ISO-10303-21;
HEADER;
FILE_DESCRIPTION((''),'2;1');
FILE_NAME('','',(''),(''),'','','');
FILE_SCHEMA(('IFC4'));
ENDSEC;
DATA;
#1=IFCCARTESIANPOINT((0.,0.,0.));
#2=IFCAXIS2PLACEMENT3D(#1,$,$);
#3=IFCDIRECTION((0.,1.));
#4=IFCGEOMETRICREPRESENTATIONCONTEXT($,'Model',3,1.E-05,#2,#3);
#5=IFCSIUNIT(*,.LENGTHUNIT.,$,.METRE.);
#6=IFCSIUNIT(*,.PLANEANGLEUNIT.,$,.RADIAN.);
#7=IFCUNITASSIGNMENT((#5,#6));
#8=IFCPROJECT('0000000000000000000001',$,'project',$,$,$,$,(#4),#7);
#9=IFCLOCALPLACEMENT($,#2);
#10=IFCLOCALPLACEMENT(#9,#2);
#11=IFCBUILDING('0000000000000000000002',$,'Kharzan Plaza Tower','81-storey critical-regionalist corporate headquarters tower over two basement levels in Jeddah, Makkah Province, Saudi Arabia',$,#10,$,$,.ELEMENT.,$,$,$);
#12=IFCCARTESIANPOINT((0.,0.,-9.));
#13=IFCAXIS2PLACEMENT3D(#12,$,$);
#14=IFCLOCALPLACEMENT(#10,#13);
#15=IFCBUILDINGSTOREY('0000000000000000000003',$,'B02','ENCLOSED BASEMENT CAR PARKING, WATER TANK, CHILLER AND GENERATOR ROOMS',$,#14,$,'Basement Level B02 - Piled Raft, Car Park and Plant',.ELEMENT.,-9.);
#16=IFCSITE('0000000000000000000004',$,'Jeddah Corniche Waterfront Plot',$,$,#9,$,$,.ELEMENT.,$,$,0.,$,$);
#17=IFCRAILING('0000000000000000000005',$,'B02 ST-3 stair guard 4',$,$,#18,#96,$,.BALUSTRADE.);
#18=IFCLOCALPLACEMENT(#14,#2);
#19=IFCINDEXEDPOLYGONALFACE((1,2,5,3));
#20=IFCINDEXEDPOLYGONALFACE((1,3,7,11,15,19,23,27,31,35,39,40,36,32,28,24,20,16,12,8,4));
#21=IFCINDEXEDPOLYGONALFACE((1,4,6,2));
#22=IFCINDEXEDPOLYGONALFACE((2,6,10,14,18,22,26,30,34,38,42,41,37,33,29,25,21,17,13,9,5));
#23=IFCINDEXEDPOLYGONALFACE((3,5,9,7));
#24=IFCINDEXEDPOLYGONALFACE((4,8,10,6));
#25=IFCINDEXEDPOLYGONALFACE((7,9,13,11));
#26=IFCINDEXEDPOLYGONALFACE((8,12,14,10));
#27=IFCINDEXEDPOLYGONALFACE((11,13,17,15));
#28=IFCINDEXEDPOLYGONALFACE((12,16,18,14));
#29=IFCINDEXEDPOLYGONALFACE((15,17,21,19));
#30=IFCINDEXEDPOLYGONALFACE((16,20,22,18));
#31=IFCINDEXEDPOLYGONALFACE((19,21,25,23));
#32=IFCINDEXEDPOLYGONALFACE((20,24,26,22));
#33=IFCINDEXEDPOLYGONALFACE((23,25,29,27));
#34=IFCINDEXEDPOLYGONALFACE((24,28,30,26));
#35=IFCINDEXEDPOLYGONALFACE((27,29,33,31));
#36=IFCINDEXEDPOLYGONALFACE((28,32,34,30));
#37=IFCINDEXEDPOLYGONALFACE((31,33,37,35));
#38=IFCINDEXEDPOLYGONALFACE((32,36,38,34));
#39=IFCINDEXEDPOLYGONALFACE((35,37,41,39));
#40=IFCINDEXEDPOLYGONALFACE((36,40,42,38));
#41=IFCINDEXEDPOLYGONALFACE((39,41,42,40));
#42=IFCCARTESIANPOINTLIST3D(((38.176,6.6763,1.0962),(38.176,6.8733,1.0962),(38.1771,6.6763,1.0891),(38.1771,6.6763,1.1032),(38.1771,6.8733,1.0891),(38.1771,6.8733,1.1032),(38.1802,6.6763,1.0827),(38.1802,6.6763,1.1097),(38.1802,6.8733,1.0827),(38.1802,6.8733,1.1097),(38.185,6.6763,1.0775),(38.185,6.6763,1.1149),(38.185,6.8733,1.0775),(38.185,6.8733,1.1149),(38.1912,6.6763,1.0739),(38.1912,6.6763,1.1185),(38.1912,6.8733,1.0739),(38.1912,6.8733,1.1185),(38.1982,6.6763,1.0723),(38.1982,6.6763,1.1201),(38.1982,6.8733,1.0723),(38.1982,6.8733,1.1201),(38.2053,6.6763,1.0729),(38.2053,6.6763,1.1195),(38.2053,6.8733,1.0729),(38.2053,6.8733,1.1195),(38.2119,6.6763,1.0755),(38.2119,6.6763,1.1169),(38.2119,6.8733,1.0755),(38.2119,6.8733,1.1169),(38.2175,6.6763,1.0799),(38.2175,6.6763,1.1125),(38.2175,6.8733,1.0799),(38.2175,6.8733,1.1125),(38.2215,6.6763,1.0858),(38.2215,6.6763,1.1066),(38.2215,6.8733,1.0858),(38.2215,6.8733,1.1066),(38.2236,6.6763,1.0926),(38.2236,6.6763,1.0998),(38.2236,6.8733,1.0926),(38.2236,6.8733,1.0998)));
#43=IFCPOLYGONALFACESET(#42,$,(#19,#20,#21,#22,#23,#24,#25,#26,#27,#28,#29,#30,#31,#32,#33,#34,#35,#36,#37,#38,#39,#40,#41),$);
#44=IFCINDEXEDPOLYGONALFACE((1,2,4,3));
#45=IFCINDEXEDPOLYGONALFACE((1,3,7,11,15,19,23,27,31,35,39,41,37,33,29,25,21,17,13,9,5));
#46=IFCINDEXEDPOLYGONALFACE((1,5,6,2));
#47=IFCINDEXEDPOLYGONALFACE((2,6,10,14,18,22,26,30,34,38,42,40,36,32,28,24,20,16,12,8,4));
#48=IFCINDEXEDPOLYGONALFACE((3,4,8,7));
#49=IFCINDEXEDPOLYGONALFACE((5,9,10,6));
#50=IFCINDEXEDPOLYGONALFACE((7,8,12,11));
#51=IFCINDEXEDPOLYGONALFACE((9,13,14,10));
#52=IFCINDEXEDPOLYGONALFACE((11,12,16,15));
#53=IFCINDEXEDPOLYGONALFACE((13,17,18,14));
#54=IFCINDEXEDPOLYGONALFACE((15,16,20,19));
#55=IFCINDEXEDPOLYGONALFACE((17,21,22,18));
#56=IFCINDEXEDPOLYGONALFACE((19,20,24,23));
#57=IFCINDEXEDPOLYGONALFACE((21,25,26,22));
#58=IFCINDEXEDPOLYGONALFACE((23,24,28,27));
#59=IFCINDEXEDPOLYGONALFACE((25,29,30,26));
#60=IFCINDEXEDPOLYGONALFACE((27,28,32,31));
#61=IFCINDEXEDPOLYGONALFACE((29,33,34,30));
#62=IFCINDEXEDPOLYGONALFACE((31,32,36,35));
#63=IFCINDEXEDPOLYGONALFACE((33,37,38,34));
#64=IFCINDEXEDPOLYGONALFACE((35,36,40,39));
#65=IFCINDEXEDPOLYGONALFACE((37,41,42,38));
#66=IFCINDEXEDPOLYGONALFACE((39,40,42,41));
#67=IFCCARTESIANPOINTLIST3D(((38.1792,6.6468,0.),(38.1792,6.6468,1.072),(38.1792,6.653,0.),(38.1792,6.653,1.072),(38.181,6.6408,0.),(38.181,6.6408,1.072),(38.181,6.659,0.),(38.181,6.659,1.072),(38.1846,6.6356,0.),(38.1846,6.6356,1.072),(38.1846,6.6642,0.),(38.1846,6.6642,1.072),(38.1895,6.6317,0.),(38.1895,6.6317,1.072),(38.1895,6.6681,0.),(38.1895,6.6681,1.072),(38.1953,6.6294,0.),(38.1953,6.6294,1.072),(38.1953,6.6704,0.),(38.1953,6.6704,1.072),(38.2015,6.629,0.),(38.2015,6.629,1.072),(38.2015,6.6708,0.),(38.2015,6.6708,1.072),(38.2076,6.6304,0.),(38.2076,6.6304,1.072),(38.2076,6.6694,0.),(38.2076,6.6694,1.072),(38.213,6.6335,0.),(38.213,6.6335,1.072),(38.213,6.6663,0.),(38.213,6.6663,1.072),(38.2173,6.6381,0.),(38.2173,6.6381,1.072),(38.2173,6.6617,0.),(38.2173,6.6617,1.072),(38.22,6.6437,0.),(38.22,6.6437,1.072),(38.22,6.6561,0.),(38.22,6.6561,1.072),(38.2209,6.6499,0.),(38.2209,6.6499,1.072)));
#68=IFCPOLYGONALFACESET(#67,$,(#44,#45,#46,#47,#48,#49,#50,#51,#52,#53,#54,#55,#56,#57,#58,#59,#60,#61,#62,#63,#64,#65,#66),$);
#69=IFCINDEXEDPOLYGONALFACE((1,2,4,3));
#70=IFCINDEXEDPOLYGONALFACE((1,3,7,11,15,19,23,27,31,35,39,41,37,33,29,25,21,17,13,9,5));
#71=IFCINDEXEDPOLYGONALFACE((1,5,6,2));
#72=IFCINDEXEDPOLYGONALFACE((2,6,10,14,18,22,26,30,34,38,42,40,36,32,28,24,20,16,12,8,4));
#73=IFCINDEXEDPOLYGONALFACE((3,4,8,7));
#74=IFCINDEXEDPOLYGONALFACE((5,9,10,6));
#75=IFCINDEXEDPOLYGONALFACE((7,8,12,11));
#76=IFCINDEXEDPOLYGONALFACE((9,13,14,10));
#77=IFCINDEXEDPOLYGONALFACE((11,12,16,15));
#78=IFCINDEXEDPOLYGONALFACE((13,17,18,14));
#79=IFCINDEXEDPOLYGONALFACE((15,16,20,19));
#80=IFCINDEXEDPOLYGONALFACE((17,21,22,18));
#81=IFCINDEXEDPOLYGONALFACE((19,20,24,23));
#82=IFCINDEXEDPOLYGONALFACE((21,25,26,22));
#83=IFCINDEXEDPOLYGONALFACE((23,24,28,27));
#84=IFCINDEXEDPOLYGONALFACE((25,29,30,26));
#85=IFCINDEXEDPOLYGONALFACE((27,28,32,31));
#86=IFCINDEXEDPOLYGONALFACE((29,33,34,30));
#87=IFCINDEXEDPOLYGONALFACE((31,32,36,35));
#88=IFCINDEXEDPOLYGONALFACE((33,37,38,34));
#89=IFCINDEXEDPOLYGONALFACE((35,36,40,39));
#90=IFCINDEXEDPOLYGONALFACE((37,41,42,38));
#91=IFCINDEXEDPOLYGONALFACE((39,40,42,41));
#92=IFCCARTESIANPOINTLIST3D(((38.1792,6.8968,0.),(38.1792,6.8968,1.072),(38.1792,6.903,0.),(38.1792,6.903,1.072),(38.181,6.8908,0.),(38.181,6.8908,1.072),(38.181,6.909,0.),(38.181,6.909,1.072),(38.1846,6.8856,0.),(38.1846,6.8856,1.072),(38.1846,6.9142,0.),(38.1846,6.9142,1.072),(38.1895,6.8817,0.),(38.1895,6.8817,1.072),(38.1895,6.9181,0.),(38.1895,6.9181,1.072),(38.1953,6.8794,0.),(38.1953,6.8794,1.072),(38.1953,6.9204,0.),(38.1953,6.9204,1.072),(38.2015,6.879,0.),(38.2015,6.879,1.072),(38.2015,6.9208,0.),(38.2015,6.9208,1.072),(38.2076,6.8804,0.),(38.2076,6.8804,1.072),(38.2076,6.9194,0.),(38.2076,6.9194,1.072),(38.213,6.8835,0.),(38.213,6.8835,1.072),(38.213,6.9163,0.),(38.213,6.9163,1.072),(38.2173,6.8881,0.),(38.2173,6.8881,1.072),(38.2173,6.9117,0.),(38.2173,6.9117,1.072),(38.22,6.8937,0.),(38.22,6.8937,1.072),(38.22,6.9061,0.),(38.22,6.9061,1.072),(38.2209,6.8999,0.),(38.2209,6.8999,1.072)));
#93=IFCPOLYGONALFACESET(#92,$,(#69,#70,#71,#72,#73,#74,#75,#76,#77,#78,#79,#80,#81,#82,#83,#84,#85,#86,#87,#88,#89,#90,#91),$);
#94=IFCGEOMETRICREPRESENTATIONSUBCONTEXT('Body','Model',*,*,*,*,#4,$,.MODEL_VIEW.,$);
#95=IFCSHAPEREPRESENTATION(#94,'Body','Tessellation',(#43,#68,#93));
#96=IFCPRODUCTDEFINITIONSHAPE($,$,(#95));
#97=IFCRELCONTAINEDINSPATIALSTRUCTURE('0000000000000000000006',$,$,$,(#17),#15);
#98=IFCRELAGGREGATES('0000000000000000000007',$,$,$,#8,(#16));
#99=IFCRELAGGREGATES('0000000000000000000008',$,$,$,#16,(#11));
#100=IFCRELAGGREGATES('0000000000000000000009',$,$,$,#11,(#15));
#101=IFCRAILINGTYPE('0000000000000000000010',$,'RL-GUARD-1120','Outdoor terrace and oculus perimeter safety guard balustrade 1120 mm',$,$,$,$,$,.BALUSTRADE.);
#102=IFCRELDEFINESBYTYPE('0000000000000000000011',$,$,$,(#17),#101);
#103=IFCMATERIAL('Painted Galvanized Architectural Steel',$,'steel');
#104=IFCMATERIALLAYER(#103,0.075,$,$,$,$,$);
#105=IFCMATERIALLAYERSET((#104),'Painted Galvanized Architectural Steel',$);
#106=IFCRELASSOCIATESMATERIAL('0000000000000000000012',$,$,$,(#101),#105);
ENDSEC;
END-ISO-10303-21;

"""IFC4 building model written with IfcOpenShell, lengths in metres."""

from ifc_helpers import new_model, si_unit, direction, frame, origin, origin_2d, place, context, subcontext, project, spatial, circle, extrude, source, transform, mapped, material, layer, layer_set, type_object, element, save


model = new_model("IFC4")

# Units and contexts
model_context = context("Model", 3, precision=1e-05, world=origin(), true_north=direction((0.0, 1.0)))
body_context = subcontext(model_context, "Body", "Model", "MODEL_VIEW")
ifc_project = project(units=[si_unit("LENGTHUNIT", "METRE"), si_unit("PLANEANGLEUNIT", "RADIAN")], contexts=[model_context])

# Site, building, storey
site_placement = place(None, origin())
site = spatial("IfcSite", under=ifc_project, at=site_placement, Name="Jeddah Corniche Waterfront Plot", CompositionType="ELEMENT", RefElevation=0.0)
building_placement = place(site_placement, origin())
building = spatial("IfcBuilding", under=site, at=building_placement, Name="Kharzan Plaza Tower", Description="81-storey critical-regionalist corporate headquarters tower over two basement levels in Jeddah, Makkah Province, Saudi Arabia", CompositionType="ELEMENT")
storey_placement = place(building_placement, frame((0.0, 0.0, -9.0)))
storey = spatial("IfcBuildingStorey", under=building, at=storey_placement, Name="B02", Description="ENCLOSED BASEMENT CAR PARKING, WATER TANK, CHILLER AND GENERATOR ROOMS", LongName="Basement Level B02 - Piled Raft, Car Park and Plant", CompositionType="ELEMENT", Elevation=-9.0)

# Railing
ifc_material_1 = material(Name="Painted Galvanized Architectural Steel", Category="steel")
ifc_layer_1 = layer(ifc_material_1, 0.075)
ifc_layer_set_1 = layer_set([ifc_layer_1], Name="Painted Galvanized Architectural Steel")
railing_type_1 = type_object("IfcRailingType", Name="RL-GUARD-1120", Description="Outdoor terrace and oculus perimeter safety guard balustrade 1120 mm", PredefinedType="BALUSTRADE", material=ifc_layer_set_1)
shared_shape_1 = source(origin(), body_context, "Body", "SweptSolid", [
    extrude(circle(Radius=0.0239, at=origin_2d()), frame((0.0, 0.0264, 1.0962), z_axis=(0.0, 1.0, 0.0), x_axis=(-1.0, 0.0, 0.0)), (0.0, 0.0, 1.0), 0.197),
    extrude(circle(Radius=0.021, at=origin_2d()), origin(), (0.0, 0.0, 1.0), 1.072),
    extrude(circle(Radius=0.021, at=origin_2d()), frame((0.0, 0.25, 0.0)), (0.0, 0.0, 1.0), 1.072),
])
railing_1_placement = place(storey_placement, frame((38.2, 6.6499, 0.0)))
element("IfcRailing", 1, at=railing_1_placement, inside=storey, type_object=railing_type_1, Name="B02 ST-3 stair guard 4", PredefinedType="BALUSTRADE", context=body_context, shape_type="MappedRepresentation", body=[
    mapped(shared_shape_1, transform((0.0, 0.0, 0.0), x_axis=(1.0, 0.0, 0.0), y_axis=(0.0, 1.0, 0.0), z_axis=(0.0, 0.0, 1.0))),
])

save(model, "model.ifc")
